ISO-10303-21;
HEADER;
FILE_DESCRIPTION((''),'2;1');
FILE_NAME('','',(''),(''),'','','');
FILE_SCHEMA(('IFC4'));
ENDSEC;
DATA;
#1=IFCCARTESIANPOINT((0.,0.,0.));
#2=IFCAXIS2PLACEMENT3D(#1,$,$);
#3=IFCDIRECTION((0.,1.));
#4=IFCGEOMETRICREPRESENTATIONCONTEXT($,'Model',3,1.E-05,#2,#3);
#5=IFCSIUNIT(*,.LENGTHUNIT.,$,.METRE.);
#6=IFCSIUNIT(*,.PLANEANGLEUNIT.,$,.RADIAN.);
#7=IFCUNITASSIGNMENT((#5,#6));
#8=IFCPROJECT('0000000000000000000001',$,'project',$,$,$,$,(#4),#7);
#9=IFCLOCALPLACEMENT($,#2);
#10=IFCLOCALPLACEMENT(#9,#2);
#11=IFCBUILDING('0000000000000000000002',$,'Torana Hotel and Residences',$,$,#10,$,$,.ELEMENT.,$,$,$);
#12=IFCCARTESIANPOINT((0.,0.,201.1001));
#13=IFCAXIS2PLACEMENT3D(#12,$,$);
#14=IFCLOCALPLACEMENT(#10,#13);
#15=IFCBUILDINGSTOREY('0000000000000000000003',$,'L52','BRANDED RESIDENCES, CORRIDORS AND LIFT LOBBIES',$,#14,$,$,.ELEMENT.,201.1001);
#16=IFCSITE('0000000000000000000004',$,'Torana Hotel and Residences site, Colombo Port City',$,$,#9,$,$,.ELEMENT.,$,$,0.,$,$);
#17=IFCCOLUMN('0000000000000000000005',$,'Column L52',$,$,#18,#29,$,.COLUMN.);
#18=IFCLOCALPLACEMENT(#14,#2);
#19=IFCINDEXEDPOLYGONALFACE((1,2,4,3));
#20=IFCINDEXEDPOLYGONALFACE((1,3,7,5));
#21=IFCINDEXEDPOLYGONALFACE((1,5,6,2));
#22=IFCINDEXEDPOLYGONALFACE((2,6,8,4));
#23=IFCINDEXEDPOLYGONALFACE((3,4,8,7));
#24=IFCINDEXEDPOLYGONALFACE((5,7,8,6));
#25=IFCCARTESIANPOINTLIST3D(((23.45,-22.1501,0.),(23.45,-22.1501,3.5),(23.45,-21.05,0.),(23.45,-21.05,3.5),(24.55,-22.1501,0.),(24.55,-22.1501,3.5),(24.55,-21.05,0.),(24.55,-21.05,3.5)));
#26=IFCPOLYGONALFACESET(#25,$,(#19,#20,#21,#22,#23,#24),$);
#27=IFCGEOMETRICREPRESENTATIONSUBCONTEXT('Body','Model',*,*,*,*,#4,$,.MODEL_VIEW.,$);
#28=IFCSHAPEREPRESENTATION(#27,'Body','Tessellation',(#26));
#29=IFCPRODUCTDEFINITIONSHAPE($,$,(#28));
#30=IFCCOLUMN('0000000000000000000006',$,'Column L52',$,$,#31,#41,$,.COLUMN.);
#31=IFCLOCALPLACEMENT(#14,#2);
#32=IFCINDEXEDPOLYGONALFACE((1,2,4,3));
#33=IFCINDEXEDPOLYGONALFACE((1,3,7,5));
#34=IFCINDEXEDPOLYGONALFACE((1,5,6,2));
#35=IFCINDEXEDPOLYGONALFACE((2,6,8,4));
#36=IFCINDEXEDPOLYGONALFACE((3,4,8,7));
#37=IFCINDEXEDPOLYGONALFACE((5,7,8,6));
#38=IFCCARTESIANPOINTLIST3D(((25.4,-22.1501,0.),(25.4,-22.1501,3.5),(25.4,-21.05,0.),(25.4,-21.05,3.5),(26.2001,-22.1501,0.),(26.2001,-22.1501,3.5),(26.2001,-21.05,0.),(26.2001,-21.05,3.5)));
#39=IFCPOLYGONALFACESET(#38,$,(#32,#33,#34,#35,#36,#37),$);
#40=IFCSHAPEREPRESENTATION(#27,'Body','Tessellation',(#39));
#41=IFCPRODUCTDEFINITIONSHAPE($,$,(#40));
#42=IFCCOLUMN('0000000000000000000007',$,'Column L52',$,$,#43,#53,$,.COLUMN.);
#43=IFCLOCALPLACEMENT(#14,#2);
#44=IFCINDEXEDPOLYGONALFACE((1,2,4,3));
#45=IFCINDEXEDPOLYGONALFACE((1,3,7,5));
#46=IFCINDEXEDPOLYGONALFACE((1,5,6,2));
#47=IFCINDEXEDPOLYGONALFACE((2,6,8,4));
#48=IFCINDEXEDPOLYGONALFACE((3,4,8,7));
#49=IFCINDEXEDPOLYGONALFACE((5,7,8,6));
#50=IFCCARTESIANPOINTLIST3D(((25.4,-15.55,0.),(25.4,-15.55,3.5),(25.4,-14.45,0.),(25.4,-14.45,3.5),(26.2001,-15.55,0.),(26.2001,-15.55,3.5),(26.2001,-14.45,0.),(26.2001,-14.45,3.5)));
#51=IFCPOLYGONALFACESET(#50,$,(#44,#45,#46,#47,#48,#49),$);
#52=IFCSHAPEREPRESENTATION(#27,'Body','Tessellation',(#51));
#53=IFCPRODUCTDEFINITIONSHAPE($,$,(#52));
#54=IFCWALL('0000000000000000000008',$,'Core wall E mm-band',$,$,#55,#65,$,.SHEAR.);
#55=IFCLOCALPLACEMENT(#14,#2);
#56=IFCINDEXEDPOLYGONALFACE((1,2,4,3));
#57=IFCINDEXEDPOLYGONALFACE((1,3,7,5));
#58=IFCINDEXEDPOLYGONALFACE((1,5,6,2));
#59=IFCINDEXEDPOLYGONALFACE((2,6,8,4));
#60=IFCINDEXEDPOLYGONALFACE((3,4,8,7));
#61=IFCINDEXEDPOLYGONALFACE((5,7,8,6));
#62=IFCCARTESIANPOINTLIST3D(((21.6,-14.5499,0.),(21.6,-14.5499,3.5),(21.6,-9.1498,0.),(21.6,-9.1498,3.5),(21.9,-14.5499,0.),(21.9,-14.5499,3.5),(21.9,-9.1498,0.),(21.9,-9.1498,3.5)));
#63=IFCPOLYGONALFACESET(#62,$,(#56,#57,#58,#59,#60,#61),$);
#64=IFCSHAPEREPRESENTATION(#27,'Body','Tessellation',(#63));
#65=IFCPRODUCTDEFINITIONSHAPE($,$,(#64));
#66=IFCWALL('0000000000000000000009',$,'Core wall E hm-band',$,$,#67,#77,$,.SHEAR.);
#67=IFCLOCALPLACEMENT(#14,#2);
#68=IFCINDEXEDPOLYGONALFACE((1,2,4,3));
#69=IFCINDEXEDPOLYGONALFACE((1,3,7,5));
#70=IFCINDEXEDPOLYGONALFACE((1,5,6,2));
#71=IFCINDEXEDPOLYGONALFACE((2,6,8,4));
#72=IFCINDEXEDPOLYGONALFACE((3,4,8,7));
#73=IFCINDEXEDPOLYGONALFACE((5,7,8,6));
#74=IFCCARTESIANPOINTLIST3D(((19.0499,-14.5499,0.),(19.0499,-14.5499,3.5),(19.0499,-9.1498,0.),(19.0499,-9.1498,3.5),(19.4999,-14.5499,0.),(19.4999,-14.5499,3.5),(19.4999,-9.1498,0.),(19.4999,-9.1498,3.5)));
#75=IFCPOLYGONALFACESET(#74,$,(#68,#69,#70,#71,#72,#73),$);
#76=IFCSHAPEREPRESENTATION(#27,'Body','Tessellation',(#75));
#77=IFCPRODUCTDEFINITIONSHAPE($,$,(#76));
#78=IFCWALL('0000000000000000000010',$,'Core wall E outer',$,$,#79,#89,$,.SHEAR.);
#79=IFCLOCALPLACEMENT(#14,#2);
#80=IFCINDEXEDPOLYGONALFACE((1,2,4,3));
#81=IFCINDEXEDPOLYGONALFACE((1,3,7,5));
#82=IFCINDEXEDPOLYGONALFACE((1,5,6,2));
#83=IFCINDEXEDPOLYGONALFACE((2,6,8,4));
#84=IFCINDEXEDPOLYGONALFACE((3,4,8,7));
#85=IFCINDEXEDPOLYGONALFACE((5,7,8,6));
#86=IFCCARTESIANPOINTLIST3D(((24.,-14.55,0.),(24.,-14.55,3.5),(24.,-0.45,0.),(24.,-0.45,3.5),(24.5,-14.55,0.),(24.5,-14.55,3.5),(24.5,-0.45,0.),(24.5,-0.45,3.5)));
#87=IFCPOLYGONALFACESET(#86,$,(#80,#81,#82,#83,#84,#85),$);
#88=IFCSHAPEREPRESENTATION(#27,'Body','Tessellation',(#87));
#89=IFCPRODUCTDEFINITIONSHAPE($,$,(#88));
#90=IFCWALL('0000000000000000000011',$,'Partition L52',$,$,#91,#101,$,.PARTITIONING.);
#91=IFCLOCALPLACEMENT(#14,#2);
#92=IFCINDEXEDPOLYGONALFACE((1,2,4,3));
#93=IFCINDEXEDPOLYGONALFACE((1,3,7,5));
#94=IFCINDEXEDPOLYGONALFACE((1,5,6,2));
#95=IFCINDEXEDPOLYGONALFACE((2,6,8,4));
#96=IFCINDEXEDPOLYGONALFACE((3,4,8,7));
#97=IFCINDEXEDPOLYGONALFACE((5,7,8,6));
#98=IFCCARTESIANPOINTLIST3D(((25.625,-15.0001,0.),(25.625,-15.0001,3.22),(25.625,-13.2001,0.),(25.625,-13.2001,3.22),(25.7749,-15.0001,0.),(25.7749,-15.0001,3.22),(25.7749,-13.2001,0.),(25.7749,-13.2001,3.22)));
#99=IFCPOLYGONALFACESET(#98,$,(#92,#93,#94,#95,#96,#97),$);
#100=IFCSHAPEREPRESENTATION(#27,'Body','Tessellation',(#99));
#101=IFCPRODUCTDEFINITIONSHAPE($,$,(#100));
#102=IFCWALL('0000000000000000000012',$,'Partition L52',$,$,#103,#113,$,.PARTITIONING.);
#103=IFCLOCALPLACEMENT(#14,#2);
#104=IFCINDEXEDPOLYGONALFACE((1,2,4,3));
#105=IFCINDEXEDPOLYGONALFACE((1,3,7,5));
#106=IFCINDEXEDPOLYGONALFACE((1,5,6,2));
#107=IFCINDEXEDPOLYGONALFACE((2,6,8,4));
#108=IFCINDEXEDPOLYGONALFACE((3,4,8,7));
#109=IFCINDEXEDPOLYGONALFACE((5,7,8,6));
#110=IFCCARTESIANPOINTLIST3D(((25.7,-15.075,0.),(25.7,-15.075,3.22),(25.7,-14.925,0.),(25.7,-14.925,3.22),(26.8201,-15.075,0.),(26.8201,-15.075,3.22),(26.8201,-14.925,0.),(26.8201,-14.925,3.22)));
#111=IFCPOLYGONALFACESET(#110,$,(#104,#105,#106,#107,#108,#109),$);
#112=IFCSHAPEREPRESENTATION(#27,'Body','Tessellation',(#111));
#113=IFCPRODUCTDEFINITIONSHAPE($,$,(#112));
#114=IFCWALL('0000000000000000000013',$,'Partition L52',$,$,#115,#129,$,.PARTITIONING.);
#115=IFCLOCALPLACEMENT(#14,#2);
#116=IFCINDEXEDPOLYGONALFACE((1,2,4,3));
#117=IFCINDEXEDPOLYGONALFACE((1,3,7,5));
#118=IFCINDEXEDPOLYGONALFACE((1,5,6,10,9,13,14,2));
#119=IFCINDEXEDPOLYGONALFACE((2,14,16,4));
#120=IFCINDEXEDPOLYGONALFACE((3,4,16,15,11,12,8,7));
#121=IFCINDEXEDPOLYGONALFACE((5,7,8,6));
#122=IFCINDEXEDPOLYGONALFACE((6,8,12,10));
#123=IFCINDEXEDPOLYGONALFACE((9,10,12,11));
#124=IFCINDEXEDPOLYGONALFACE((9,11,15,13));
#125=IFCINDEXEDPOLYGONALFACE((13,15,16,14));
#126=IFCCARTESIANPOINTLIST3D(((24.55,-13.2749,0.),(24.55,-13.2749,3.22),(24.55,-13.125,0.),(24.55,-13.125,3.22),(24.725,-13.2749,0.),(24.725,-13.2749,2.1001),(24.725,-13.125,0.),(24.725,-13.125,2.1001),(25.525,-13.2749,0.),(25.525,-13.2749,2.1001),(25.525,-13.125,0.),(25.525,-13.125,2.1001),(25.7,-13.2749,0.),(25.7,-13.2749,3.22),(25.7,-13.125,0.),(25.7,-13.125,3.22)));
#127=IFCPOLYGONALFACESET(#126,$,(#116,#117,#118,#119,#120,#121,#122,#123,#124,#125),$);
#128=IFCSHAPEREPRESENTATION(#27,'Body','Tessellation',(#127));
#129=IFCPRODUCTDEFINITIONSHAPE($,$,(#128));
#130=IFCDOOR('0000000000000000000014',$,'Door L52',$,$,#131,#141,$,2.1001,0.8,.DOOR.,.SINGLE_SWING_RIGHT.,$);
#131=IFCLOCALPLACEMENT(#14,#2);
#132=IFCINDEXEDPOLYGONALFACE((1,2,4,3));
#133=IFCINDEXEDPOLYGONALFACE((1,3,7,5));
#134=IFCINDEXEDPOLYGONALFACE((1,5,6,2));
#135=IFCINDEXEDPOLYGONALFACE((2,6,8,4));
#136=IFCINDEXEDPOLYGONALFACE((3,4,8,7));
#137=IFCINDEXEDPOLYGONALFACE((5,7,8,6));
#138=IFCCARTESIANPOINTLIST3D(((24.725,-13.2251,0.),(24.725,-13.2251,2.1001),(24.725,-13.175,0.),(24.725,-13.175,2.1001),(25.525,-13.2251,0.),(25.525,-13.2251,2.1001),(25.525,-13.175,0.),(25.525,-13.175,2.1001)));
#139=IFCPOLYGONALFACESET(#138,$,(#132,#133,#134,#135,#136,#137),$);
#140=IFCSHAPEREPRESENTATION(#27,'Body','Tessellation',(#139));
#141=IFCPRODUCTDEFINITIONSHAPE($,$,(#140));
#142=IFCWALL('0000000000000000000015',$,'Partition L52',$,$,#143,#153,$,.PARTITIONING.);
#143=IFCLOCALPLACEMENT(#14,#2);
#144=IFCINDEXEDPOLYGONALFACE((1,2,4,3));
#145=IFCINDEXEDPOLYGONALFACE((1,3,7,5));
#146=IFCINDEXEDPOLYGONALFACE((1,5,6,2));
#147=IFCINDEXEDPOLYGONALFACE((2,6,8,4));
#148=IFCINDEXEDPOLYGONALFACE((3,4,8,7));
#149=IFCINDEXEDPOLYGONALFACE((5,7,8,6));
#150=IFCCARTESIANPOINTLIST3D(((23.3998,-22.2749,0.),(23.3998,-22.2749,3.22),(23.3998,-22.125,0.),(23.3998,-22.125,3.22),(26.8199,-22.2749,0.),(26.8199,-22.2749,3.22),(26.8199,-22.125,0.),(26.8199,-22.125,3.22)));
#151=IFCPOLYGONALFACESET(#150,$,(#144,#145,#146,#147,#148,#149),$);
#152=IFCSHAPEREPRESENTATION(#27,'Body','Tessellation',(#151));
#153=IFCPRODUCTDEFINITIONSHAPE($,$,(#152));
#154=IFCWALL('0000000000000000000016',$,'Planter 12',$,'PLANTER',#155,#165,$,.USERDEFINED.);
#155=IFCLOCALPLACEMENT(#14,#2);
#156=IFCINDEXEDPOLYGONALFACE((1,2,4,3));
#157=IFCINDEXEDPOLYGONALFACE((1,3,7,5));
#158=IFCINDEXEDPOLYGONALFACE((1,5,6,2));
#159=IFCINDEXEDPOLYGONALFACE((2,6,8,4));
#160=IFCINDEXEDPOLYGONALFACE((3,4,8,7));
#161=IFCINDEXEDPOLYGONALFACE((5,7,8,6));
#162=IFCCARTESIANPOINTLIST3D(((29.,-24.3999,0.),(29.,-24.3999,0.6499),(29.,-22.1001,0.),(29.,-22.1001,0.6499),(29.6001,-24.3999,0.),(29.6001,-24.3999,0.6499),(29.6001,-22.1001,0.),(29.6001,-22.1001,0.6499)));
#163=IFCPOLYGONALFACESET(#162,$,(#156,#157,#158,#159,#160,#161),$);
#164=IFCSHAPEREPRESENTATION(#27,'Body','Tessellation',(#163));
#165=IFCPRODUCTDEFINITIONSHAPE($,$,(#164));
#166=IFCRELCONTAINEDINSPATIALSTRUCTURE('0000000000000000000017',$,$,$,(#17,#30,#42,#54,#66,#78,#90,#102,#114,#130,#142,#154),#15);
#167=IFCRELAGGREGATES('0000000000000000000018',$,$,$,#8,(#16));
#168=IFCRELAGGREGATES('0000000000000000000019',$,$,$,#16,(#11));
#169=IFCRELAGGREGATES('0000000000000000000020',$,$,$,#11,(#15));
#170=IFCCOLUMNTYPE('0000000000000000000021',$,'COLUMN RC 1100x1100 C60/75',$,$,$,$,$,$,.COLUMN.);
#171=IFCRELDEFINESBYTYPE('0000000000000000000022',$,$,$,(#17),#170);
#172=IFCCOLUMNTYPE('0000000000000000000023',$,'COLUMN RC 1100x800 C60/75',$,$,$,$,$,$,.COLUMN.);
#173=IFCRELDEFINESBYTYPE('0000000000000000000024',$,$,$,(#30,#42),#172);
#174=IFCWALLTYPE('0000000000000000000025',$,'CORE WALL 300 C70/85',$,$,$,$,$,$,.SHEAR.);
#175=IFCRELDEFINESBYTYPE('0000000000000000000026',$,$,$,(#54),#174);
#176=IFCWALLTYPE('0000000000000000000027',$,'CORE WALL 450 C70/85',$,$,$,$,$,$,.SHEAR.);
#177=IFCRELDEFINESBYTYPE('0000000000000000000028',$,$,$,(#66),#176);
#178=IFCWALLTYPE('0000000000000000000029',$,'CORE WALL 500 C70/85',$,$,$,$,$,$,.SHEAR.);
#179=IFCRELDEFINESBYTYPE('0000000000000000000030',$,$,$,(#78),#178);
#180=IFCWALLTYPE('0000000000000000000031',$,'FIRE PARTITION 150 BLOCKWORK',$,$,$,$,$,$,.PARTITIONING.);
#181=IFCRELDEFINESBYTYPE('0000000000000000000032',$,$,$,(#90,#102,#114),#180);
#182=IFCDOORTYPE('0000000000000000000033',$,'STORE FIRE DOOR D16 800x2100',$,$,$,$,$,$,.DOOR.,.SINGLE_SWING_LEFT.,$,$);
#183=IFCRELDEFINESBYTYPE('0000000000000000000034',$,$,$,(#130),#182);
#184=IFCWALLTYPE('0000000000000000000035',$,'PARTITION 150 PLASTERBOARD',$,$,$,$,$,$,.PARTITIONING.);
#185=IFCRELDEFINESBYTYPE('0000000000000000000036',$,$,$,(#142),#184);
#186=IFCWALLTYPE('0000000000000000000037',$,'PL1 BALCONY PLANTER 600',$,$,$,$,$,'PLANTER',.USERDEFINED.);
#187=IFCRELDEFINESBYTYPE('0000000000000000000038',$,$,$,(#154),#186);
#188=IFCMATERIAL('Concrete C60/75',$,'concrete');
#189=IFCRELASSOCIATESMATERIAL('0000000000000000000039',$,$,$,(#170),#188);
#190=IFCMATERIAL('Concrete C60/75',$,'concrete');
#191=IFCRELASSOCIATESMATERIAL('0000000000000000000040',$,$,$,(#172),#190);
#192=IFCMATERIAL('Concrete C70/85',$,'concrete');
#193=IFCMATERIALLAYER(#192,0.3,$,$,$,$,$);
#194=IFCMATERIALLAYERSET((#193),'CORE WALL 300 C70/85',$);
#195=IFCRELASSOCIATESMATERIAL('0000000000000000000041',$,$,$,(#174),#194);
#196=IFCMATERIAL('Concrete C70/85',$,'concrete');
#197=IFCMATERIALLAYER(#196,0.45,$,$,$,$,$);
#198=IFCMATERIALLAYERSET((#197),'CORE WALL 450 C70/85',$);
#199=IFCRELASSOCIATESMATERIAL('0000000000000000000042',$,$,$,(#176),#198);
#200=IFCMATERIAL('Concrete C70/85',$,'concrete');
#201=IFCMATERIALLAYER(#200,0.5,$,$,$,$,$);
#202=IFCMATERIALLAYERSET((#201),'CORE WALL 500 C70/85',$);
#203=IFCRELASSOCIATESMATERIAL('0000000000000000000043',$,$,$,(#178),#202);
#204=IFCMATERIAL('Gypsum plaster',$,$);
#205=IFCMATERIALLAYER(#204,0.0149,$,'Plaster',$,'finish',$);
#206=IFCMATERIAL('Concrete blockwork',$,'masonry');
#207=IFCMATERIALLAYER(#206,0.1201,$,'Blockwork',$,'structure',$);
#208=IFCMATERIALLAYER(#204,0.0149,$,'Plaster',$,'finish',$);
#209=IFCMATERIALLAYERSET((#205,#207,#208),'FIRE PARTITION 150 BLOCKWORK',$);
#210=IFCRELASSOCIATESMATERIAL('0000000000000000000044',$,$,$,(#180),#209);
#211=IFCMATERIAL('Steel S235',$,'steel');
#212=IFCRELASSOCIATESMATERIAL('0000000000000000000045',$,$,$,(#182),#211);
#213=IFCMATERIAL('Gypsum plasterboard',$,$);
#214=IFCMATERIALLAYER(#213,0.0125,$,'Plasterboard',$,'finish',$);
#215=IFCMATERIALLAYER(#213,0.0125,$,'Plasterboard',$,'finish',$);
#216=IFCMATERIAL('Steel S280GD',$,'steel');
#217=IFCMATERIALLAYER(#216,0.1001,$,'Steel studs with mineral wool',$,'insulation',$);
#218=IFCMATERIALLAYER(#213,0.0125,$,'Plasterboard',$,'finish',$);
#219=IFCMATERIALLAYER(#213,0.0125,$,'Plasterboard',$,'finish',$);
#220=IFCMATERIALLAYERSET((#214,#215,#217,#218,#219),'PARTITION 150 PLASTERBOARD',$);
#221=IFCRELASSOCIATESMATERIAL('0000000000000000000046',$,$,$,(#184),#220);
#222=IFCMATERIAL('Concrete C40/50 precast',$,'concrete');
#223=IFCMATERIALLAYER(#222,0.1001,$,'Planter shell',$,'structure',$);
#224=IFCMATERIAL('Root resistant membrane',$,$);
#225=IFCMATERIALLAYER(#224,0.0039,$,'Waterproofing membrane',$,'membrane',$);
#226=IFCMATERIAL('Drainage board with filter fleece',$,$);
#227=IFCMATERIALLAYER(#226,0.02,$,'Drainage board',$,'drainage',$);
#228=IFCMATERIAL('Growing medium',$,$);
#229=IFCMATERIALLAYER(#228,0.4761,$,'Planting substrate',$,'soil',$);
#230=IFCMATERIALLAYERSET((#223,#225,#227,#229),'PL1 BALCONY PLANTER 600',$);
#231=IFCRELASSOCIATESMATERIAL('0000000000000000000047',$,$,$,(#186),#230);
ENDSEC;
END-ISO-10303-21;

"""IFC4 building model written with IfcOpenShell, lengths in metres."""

from ifc_helpers import new_model, si_unit, direction, frame, frame_2d, origin, origin_2d, place, context, subcontext, project, spatial, rectangle, extrude, material, layer, layer_set, material_profile, profile_set, type_object, element, fill, save


model = new_model("IFC4")

# Units and contexts
model_context = context("Model", 3, precision=1e-05, world=origin(), true_north=direction((0.0, 1.0)))
body_context = subcontext(model_context, "Body", "Model", "MODEL_VIEW")
ifc_project = project(units=[si_unit("LENGTHUNIT", "METRE"), si_unit("PLANEANGLEUNIT", "RADIAN")], contexts=[model_context])

# Site, building, storey
site_placement = place(None, origin())
site = spatial("IfcSite", under=ifc_project, at=site_placement, Name="Torana Hotel and Residences site, Colombo Port City", CompositionType="ELEMENT", RefElevation=0.0)
building_placement = place(site_placement, origin())
building = spatial("IfcBuilding", under=site, at=building_placement, Name="Torana Hotel and Residences", CompositionType="ELEMENT")
storey_placement = place(building_placement, frame((0.0, 0.0, 201.1001)))
storey = spatial("IfcBuildingStorey", under=building, at=storey_placement, Name="L52", Description="BRANDED RESIDENCES, CORRIDORS AND LIFT LOBBIES", CompositionType="ELEMENT", Elevation=201.1001)

# Columns
ifc_material_1 = material(Name="Concrete C60/75", Category="concrete")
ifc_material_profile_1 = material_profile(ifc_material_1, rectangle(XDim=1.1001, YDim=1.1001, at=origin_2d()), Name="RC 1100x1100")
ifc_profile_set_1 = profile_set([ifc_material_profile_1], Name="Concrete C60/75")
column_type_1 = type_object("IfcColumnType", Name="COLUMN RC 1100x1100 C60/75", PredefinedType="COLUMN", material=ifc_profile_set_1)
column_placement = place(storey_placement, frame((24.0, -21.6001, 0.0), z_axis=(0.0, 0.0, 1.0), x_axis=(1.0, 0.0, 0.0)))
element("IfcColumn", 1, at=column_placement, inside=storey, type_object=column_type_1, Name="Column L52", PredefinedType="COLUMN", context=body_context, shape_type="SweptSolid", body=[
    extrude(rectangle(XDim=1.1001, YDim=1.1001, at=origin_2d()), origin(), (0.0, 0.0, 1.0), 3.5),
])
ifc_material_2 = material(Name="Concrete C60/75", Category="concrete")
ifc_material_profile_2 = material_profile(ifc_material_2, rectangle(XDim=1.1001, YDim=0.8, at=origin_2d()), Name="RC 1100x800")
ifc_profile_set_2 = profile_set([ifc_material_profile_2], Name="Concrete C60/75")
column_type_2 = type_object("IfcColumnType", Name="COLUMN RC 1100x800 C60/75", PredefinedType="COLUMN", material=ifc_profile_set_2)
for number, where, z_axis, x_axis, name in (
    (2, (25.8, -21.6001, 0.0), (0.0, 0.0, 1.0), (0.0, 1.0, 0.0), "Column L52"),
    (3, (25.8, -15.0, 0.0), (0.0, 0.0, 1.0), (0.0, 1.0, 0.0), "Column L52"),
):
    element("IfcColumn", number, at=place(storey_placement, frame(where, z_axis=z_axis, x_axis=x_axis)), inside=storey, type_object=column_type_2, Name=name, PredefinedType="COLUMN", context=body_context, shape_type="SweptSolid", body=[
        extrude(rectangle(XDim=1.1001, YDim=0.8, at=origin_2d()), origin(), (0.0, 0.0, 1.0), 3.5),
    ])

# Walls
ifc_material_3 = material(Name="Concrete C70/85", Category="concrete")
ifc_layer_1 = layer(ifc_material_3, 0.3)
ifc_layer_set_1 = layer_set([ifc_layer_1], Name="CORE WALL 300 C70/85")
wall_type_1 = type_object("IfcWallType", Name="CORE WALL 300 C70/85", PredefinedType="SHEAR", material=ifc_layer_set_1)
wall_1_placement = place(storey_placement, frame((21.75, -14.55, 0.0), z_axis=(0.0, 0.0, 1.0), x_axis=(0.0, 1.0, 0.0)))
element("IfcWall", 4, at=wall_1_placement, inside=storey, type_object=wall_type_1, Name="Core wall E mm-band", PredefinedType="SHEAR", context=body_context, shape_type="SweptSolid", body=[
    extrude(rectangle(XDim=5.4001, YDim=0.3, at=frame_2d((2.7002, 0.0))), origin(), (0.0, 0.0, 1.0), 3.5),
])
ifc_material_4 = material(Name="Concrete C70/85", Category="concrete")
ifc_layer_2 = layer(ifc_material_4, 0.45)
ifc_layer_set_2 = layer_set([ifc_layer_2], Name="CORE WALL 450 C70/85")
wall_type_2 = type_object("IfcWallType", Name="CORE WALL 450 C70/85", PredefinedType="SHEAR", material=ifc_layer_set_2)
wall_2_placement = place(storey_placement, frame((19.2749, -14.55, 0.0), z_axis=(0.0, 0.0, 1.0), x_axis=(0.0, 1.0, 0.0)))
element("IfcWall", 5, at=wall_2_placement, inside=storey, type_object=wall_type_2, Name="Core wall E hm-band", PredefinedType="SHEAR", context=body_context, shape_type="SweptSolid", body=[
    extrude(rectangle(XDim=5.4001, YDim=0.45, at=frame_2d((2.7002, 0.0))), origin(), (0.0, 0.0, 1.0), 3.5),
])
ifc_material_5 = material(Name="Concrete C70/85", Category="concrete")
ifc_layer_3 = layer(ifc_material_5, 0.5)
ifc_layer_set_3 = layer_set([ifc_layer_3], Name="CORE WALL 500 C70/85")
wall_type_3 = type_object("IfcWallType", Name="CORE WALL 500 C70/85", PredefinedType="SHEAR", material=ifc_layer_set_3)
wall_3_placement = place(storey_placement, frame((24.25, -14.55, 0.0), z_axis=(0.0, 0.0, 1.0), x_axis=(0.0, 1.0, 0.0)))
element("IfcWall", 6, at=wall_3_placement, inside=storey, type_object=wall_type_3, Name="Core wall E outer", PredefinedType="SHEAR", context=body_context, shape_type="SweptSolid", body=[
    extrude(rectangle(XDim=14.1001, YDim=0.5, at=frame_2d((7.05, 0.0))), origin(), (0.0, 0.0, 1.0), 3.5),
])
ifc_material_6 = material(Name="Gypsum plaster")
ifc_layer_4 = layer(ifc_material_6, 0.0149, Name="Plaster", Category="finish")
ifc_material_7 = material(Name="Concrete blockwork", Category="masonry")
ifc_layer_5 = layer(ifc_material_7, 0.1201, Name="Blockwork", Category="structure")
ifc_layer_6 = layer(ifc_material_6, 0.0149, Name="Plaster", Category="finish")
ifc_layer_set_4 = layer_set([ifc_layer_4, ifc_layer_5, ifc_layer_6], Name="FIRE PARTITION 150 BLOCKWORK")
wall_type_4 = type_object("IfcWallType", Name="FIRE PARTITION 150 BLOCKWORK", PredefinedType="PARTITIONING", material=ifc_layer_set_4)
wall_4_placement = place(storey_placement, frame((25.7, -15.0, 0.0), z_axis=(0.0, 0.0, 1.0), x_axis=(0.0, 1.0, 0.0)))
element("IfcWall", 7, at=wall_4_placement, inside=storey, type_object=wall_type_4, Name="Partition L52", PredefinedType="PARTITIONING", context=body_context, shape_type="SweptSolid", body=[
    extrude(rectangle(XDim=1.8, YDim=0.1499, at=frame_2d((0.8999, 0.0))), origin(), (0.0, 0.0, 1.0), 3.22),
])
wall_5_placement = place(storey_placement, frame((25.7, -15.0, 0.0), z_axis=(0.0, 0.0, 1.0), x_axis=(1.0, 0.0, 0.0)))
element("IfcWall", 8, at=wall_5_placement, inside=storey, type_object=wall_type_4, Name="Partition L52", PredefinedType="PARTITIONING", context=body_context, shape_type="SweptSolid", body=[
    extrude(rectangle(XDim=1.1201, YDim=0.1499, at=frame_2d((0.5601, 0.0))), origin(), (0.0, 0.0, 1.0), 3.22),
])

# Wall, opening, door
wall_6_placement = place(storey_placement, frame((24.55, -13.2, 0.0), z_axis=(0.0, 0.0, 1.0), x_axis=(1.0, 0.0, 0.0)))
wall_6 = element("IfcWall", 9, at=wall_6_placement, inside=storey, type_object=wall_type_4, Name="Partition L52", PredefinedType="PARTITIONING", context=body_context, shape_type="SweptSolid", body=[
    extrude(rectangle(XDim=1.1499, YDim=0.1499, at=frame_2d((0.575, 0.0))), origin(), (0.0, 0.0, 1.0), 3.22),
])
opening_placement = place(wall_6_placement, frame((0.175, 0.0, 0.0)))
opening = element("IfcOpeningElement", 10, at=opening_placement, cuts=wall_6, PredefinedType="OPENING", context=body_context, shape_type="SweptSolid", body=[
    extrude(rectangle(XDim=0.8, YDim=2.1001, at=frame_2d((0.3999, 1.05))), frame((0.0, 0.085, 0.0), z_axis=(0.0, -1.0, 0.0), x_axis=(1.0, 0.0, 0.0)), (0.0, 0.0, 1.0), 0.1699),
])
ifc_material_8 = material(Name="Steel S235", Category="steel")
door_type = type_object("IfcDoorType", Name="STORE FIRE DOOR D16 800x2100", OperationType="SINGLE_SWING_LEFT", PredefinedType="DOOR", material=ifc_material_8)
door_placement = place(opening_placement, origin())
door = element("IfcDoor", 11, at=door_placement, inside=storey, type_object=door_type, Name="Door L52", OperationType="SINGLE_SWING_RIGHT", OverallHeight=2.1001, OverallWidth=0.8, PredefinedType="DOOR", context=body_context, shape_type="SweptSolid", body=[
    extrude(rectangle(XDim=0.8, YDim=2.1001, at=frame_2d((0.3999, 1.05))), frame((0.0, 0.0249, 0.0), z_axis=(0.0, -1.0, 0.0), x_axis=(1.0, 0.0, 0.0)), (0.0, 0.0, 1.0), 0.05),
])
fill(opening, door)

# Walls
ifc_material_9 = material(Name="Gypsum plasterboard")
ifc_layer_7 = layer(ifc_material_9, 0.0125, Name="Plasterboard", Category="finish")
ifc_layer_8 = layer(ifc_material_9, 0.0125, Name="Plasterboard", Category="finish")
ifc_material_10 = material(Name="Steel S280GD", Category="steel")
ifc_layer_9 = layer(ifc_material_10, 0.1001, Name="Steel studs with mineral wool", Category="insulation")
ifc_layer_10 = layer(ifc_material_9, 0.0125, Name="Plasterboard", Category="finish")
ifc_layer_11 = layer(ifc_material_9, 0.0125, Name="Plasterboard", Category="finish")
ifc_layer_set_5 = layer_set([ifc_layer_7, ifc_layer_8, ifc_layer_9, ifc_layer_10, ifc_layer_11], Name="PARTITION 150 PLASTERBOARD")
wall_type_5 = type_object("IfcWallType", Name="PARTITION 150 PLASTERBOARD", PredefinedType="PARTITIONING", material=ifc_layer_set_5)
wall_7_placement = place(storey_placement, frame((23.3999, -22.2, 0.0), z_axis=(0.0, 0.0, 1.0), x_axis=(1.0, 0.0, 0.0)))
element("IfcWall", 12, at=wall_7_placement, inside=storey, type_object=wall_type_5, Name="Partition L52", PredefinedType="PARTITIONING", context=body_context, shape_type="SweptSolid", body=[
    extrude(rectangle(XDim=3.4202, YDim=0.1499, at=frame_2d((1.71, 0.0))), origin(), (0.0, 0.0, 1.0), 3.22),
])
ifc_material_11 = material(Name="Concrete C40/50 precast", Category="concrete")
ifc_layer_12 = layer(ifc_material_11, 0.1001, Name="Planter shell", Category="structure")
ifc_material_12 = material(Name="Root resistant membrane")
ifc_layer_13 = layer(ifc_material_12, 0.0039, Name="Waterproofing membrane", Category="membrane")
ifc_material_13 = material(Name="Drainage board with filter fleece")
ifc_layer_14 = layer(ifc_material_13, 0.02, Name="Drainage board", Category="drainage")
ifc_material_14 = material(Name="Growing medium")
ifc_layer_15 = layer(ifc_material_14, 0.4761, Name="Planting substrate", Category="soil")
ifc_layer_set_6 = layer_set([ifc_layer_12, ifc_layer_13, ifc_layer_14, ifc_layer_15], Name="PL1 BALCONY PLANTER 600")
wall_type_6 = type_object("IfcWallType", Name="PL1 BALCONY PLANTER 600", ElementType="PLANTER", PredefinedType="USERDEFINED", material=ifc_layer_set_6)
wall_8_placement = place(storey_placement, frame((29.3, -22.1001, 0.0), z_axis=(0.0, 0.0, 1.0), x_axis=(0.0, -1.0, 0.0)))
element("IfcWall", 13, at=wall_8_placement, inside=storey, type_object=wall_type_6, Name="Planter 12", ObjectType="PLANTER", PredefinedType="USERDEFINED", context=body_context, shape_type="SweptSolid", body=[
    extrude(rectangle(XDim=2.2998, YDim=0.6001, at=frame_2d((1.1499, 0.0))), origin(), (0.0, 0.0, 1.0), 0.6499),
])

save(model, "model.ifc")
